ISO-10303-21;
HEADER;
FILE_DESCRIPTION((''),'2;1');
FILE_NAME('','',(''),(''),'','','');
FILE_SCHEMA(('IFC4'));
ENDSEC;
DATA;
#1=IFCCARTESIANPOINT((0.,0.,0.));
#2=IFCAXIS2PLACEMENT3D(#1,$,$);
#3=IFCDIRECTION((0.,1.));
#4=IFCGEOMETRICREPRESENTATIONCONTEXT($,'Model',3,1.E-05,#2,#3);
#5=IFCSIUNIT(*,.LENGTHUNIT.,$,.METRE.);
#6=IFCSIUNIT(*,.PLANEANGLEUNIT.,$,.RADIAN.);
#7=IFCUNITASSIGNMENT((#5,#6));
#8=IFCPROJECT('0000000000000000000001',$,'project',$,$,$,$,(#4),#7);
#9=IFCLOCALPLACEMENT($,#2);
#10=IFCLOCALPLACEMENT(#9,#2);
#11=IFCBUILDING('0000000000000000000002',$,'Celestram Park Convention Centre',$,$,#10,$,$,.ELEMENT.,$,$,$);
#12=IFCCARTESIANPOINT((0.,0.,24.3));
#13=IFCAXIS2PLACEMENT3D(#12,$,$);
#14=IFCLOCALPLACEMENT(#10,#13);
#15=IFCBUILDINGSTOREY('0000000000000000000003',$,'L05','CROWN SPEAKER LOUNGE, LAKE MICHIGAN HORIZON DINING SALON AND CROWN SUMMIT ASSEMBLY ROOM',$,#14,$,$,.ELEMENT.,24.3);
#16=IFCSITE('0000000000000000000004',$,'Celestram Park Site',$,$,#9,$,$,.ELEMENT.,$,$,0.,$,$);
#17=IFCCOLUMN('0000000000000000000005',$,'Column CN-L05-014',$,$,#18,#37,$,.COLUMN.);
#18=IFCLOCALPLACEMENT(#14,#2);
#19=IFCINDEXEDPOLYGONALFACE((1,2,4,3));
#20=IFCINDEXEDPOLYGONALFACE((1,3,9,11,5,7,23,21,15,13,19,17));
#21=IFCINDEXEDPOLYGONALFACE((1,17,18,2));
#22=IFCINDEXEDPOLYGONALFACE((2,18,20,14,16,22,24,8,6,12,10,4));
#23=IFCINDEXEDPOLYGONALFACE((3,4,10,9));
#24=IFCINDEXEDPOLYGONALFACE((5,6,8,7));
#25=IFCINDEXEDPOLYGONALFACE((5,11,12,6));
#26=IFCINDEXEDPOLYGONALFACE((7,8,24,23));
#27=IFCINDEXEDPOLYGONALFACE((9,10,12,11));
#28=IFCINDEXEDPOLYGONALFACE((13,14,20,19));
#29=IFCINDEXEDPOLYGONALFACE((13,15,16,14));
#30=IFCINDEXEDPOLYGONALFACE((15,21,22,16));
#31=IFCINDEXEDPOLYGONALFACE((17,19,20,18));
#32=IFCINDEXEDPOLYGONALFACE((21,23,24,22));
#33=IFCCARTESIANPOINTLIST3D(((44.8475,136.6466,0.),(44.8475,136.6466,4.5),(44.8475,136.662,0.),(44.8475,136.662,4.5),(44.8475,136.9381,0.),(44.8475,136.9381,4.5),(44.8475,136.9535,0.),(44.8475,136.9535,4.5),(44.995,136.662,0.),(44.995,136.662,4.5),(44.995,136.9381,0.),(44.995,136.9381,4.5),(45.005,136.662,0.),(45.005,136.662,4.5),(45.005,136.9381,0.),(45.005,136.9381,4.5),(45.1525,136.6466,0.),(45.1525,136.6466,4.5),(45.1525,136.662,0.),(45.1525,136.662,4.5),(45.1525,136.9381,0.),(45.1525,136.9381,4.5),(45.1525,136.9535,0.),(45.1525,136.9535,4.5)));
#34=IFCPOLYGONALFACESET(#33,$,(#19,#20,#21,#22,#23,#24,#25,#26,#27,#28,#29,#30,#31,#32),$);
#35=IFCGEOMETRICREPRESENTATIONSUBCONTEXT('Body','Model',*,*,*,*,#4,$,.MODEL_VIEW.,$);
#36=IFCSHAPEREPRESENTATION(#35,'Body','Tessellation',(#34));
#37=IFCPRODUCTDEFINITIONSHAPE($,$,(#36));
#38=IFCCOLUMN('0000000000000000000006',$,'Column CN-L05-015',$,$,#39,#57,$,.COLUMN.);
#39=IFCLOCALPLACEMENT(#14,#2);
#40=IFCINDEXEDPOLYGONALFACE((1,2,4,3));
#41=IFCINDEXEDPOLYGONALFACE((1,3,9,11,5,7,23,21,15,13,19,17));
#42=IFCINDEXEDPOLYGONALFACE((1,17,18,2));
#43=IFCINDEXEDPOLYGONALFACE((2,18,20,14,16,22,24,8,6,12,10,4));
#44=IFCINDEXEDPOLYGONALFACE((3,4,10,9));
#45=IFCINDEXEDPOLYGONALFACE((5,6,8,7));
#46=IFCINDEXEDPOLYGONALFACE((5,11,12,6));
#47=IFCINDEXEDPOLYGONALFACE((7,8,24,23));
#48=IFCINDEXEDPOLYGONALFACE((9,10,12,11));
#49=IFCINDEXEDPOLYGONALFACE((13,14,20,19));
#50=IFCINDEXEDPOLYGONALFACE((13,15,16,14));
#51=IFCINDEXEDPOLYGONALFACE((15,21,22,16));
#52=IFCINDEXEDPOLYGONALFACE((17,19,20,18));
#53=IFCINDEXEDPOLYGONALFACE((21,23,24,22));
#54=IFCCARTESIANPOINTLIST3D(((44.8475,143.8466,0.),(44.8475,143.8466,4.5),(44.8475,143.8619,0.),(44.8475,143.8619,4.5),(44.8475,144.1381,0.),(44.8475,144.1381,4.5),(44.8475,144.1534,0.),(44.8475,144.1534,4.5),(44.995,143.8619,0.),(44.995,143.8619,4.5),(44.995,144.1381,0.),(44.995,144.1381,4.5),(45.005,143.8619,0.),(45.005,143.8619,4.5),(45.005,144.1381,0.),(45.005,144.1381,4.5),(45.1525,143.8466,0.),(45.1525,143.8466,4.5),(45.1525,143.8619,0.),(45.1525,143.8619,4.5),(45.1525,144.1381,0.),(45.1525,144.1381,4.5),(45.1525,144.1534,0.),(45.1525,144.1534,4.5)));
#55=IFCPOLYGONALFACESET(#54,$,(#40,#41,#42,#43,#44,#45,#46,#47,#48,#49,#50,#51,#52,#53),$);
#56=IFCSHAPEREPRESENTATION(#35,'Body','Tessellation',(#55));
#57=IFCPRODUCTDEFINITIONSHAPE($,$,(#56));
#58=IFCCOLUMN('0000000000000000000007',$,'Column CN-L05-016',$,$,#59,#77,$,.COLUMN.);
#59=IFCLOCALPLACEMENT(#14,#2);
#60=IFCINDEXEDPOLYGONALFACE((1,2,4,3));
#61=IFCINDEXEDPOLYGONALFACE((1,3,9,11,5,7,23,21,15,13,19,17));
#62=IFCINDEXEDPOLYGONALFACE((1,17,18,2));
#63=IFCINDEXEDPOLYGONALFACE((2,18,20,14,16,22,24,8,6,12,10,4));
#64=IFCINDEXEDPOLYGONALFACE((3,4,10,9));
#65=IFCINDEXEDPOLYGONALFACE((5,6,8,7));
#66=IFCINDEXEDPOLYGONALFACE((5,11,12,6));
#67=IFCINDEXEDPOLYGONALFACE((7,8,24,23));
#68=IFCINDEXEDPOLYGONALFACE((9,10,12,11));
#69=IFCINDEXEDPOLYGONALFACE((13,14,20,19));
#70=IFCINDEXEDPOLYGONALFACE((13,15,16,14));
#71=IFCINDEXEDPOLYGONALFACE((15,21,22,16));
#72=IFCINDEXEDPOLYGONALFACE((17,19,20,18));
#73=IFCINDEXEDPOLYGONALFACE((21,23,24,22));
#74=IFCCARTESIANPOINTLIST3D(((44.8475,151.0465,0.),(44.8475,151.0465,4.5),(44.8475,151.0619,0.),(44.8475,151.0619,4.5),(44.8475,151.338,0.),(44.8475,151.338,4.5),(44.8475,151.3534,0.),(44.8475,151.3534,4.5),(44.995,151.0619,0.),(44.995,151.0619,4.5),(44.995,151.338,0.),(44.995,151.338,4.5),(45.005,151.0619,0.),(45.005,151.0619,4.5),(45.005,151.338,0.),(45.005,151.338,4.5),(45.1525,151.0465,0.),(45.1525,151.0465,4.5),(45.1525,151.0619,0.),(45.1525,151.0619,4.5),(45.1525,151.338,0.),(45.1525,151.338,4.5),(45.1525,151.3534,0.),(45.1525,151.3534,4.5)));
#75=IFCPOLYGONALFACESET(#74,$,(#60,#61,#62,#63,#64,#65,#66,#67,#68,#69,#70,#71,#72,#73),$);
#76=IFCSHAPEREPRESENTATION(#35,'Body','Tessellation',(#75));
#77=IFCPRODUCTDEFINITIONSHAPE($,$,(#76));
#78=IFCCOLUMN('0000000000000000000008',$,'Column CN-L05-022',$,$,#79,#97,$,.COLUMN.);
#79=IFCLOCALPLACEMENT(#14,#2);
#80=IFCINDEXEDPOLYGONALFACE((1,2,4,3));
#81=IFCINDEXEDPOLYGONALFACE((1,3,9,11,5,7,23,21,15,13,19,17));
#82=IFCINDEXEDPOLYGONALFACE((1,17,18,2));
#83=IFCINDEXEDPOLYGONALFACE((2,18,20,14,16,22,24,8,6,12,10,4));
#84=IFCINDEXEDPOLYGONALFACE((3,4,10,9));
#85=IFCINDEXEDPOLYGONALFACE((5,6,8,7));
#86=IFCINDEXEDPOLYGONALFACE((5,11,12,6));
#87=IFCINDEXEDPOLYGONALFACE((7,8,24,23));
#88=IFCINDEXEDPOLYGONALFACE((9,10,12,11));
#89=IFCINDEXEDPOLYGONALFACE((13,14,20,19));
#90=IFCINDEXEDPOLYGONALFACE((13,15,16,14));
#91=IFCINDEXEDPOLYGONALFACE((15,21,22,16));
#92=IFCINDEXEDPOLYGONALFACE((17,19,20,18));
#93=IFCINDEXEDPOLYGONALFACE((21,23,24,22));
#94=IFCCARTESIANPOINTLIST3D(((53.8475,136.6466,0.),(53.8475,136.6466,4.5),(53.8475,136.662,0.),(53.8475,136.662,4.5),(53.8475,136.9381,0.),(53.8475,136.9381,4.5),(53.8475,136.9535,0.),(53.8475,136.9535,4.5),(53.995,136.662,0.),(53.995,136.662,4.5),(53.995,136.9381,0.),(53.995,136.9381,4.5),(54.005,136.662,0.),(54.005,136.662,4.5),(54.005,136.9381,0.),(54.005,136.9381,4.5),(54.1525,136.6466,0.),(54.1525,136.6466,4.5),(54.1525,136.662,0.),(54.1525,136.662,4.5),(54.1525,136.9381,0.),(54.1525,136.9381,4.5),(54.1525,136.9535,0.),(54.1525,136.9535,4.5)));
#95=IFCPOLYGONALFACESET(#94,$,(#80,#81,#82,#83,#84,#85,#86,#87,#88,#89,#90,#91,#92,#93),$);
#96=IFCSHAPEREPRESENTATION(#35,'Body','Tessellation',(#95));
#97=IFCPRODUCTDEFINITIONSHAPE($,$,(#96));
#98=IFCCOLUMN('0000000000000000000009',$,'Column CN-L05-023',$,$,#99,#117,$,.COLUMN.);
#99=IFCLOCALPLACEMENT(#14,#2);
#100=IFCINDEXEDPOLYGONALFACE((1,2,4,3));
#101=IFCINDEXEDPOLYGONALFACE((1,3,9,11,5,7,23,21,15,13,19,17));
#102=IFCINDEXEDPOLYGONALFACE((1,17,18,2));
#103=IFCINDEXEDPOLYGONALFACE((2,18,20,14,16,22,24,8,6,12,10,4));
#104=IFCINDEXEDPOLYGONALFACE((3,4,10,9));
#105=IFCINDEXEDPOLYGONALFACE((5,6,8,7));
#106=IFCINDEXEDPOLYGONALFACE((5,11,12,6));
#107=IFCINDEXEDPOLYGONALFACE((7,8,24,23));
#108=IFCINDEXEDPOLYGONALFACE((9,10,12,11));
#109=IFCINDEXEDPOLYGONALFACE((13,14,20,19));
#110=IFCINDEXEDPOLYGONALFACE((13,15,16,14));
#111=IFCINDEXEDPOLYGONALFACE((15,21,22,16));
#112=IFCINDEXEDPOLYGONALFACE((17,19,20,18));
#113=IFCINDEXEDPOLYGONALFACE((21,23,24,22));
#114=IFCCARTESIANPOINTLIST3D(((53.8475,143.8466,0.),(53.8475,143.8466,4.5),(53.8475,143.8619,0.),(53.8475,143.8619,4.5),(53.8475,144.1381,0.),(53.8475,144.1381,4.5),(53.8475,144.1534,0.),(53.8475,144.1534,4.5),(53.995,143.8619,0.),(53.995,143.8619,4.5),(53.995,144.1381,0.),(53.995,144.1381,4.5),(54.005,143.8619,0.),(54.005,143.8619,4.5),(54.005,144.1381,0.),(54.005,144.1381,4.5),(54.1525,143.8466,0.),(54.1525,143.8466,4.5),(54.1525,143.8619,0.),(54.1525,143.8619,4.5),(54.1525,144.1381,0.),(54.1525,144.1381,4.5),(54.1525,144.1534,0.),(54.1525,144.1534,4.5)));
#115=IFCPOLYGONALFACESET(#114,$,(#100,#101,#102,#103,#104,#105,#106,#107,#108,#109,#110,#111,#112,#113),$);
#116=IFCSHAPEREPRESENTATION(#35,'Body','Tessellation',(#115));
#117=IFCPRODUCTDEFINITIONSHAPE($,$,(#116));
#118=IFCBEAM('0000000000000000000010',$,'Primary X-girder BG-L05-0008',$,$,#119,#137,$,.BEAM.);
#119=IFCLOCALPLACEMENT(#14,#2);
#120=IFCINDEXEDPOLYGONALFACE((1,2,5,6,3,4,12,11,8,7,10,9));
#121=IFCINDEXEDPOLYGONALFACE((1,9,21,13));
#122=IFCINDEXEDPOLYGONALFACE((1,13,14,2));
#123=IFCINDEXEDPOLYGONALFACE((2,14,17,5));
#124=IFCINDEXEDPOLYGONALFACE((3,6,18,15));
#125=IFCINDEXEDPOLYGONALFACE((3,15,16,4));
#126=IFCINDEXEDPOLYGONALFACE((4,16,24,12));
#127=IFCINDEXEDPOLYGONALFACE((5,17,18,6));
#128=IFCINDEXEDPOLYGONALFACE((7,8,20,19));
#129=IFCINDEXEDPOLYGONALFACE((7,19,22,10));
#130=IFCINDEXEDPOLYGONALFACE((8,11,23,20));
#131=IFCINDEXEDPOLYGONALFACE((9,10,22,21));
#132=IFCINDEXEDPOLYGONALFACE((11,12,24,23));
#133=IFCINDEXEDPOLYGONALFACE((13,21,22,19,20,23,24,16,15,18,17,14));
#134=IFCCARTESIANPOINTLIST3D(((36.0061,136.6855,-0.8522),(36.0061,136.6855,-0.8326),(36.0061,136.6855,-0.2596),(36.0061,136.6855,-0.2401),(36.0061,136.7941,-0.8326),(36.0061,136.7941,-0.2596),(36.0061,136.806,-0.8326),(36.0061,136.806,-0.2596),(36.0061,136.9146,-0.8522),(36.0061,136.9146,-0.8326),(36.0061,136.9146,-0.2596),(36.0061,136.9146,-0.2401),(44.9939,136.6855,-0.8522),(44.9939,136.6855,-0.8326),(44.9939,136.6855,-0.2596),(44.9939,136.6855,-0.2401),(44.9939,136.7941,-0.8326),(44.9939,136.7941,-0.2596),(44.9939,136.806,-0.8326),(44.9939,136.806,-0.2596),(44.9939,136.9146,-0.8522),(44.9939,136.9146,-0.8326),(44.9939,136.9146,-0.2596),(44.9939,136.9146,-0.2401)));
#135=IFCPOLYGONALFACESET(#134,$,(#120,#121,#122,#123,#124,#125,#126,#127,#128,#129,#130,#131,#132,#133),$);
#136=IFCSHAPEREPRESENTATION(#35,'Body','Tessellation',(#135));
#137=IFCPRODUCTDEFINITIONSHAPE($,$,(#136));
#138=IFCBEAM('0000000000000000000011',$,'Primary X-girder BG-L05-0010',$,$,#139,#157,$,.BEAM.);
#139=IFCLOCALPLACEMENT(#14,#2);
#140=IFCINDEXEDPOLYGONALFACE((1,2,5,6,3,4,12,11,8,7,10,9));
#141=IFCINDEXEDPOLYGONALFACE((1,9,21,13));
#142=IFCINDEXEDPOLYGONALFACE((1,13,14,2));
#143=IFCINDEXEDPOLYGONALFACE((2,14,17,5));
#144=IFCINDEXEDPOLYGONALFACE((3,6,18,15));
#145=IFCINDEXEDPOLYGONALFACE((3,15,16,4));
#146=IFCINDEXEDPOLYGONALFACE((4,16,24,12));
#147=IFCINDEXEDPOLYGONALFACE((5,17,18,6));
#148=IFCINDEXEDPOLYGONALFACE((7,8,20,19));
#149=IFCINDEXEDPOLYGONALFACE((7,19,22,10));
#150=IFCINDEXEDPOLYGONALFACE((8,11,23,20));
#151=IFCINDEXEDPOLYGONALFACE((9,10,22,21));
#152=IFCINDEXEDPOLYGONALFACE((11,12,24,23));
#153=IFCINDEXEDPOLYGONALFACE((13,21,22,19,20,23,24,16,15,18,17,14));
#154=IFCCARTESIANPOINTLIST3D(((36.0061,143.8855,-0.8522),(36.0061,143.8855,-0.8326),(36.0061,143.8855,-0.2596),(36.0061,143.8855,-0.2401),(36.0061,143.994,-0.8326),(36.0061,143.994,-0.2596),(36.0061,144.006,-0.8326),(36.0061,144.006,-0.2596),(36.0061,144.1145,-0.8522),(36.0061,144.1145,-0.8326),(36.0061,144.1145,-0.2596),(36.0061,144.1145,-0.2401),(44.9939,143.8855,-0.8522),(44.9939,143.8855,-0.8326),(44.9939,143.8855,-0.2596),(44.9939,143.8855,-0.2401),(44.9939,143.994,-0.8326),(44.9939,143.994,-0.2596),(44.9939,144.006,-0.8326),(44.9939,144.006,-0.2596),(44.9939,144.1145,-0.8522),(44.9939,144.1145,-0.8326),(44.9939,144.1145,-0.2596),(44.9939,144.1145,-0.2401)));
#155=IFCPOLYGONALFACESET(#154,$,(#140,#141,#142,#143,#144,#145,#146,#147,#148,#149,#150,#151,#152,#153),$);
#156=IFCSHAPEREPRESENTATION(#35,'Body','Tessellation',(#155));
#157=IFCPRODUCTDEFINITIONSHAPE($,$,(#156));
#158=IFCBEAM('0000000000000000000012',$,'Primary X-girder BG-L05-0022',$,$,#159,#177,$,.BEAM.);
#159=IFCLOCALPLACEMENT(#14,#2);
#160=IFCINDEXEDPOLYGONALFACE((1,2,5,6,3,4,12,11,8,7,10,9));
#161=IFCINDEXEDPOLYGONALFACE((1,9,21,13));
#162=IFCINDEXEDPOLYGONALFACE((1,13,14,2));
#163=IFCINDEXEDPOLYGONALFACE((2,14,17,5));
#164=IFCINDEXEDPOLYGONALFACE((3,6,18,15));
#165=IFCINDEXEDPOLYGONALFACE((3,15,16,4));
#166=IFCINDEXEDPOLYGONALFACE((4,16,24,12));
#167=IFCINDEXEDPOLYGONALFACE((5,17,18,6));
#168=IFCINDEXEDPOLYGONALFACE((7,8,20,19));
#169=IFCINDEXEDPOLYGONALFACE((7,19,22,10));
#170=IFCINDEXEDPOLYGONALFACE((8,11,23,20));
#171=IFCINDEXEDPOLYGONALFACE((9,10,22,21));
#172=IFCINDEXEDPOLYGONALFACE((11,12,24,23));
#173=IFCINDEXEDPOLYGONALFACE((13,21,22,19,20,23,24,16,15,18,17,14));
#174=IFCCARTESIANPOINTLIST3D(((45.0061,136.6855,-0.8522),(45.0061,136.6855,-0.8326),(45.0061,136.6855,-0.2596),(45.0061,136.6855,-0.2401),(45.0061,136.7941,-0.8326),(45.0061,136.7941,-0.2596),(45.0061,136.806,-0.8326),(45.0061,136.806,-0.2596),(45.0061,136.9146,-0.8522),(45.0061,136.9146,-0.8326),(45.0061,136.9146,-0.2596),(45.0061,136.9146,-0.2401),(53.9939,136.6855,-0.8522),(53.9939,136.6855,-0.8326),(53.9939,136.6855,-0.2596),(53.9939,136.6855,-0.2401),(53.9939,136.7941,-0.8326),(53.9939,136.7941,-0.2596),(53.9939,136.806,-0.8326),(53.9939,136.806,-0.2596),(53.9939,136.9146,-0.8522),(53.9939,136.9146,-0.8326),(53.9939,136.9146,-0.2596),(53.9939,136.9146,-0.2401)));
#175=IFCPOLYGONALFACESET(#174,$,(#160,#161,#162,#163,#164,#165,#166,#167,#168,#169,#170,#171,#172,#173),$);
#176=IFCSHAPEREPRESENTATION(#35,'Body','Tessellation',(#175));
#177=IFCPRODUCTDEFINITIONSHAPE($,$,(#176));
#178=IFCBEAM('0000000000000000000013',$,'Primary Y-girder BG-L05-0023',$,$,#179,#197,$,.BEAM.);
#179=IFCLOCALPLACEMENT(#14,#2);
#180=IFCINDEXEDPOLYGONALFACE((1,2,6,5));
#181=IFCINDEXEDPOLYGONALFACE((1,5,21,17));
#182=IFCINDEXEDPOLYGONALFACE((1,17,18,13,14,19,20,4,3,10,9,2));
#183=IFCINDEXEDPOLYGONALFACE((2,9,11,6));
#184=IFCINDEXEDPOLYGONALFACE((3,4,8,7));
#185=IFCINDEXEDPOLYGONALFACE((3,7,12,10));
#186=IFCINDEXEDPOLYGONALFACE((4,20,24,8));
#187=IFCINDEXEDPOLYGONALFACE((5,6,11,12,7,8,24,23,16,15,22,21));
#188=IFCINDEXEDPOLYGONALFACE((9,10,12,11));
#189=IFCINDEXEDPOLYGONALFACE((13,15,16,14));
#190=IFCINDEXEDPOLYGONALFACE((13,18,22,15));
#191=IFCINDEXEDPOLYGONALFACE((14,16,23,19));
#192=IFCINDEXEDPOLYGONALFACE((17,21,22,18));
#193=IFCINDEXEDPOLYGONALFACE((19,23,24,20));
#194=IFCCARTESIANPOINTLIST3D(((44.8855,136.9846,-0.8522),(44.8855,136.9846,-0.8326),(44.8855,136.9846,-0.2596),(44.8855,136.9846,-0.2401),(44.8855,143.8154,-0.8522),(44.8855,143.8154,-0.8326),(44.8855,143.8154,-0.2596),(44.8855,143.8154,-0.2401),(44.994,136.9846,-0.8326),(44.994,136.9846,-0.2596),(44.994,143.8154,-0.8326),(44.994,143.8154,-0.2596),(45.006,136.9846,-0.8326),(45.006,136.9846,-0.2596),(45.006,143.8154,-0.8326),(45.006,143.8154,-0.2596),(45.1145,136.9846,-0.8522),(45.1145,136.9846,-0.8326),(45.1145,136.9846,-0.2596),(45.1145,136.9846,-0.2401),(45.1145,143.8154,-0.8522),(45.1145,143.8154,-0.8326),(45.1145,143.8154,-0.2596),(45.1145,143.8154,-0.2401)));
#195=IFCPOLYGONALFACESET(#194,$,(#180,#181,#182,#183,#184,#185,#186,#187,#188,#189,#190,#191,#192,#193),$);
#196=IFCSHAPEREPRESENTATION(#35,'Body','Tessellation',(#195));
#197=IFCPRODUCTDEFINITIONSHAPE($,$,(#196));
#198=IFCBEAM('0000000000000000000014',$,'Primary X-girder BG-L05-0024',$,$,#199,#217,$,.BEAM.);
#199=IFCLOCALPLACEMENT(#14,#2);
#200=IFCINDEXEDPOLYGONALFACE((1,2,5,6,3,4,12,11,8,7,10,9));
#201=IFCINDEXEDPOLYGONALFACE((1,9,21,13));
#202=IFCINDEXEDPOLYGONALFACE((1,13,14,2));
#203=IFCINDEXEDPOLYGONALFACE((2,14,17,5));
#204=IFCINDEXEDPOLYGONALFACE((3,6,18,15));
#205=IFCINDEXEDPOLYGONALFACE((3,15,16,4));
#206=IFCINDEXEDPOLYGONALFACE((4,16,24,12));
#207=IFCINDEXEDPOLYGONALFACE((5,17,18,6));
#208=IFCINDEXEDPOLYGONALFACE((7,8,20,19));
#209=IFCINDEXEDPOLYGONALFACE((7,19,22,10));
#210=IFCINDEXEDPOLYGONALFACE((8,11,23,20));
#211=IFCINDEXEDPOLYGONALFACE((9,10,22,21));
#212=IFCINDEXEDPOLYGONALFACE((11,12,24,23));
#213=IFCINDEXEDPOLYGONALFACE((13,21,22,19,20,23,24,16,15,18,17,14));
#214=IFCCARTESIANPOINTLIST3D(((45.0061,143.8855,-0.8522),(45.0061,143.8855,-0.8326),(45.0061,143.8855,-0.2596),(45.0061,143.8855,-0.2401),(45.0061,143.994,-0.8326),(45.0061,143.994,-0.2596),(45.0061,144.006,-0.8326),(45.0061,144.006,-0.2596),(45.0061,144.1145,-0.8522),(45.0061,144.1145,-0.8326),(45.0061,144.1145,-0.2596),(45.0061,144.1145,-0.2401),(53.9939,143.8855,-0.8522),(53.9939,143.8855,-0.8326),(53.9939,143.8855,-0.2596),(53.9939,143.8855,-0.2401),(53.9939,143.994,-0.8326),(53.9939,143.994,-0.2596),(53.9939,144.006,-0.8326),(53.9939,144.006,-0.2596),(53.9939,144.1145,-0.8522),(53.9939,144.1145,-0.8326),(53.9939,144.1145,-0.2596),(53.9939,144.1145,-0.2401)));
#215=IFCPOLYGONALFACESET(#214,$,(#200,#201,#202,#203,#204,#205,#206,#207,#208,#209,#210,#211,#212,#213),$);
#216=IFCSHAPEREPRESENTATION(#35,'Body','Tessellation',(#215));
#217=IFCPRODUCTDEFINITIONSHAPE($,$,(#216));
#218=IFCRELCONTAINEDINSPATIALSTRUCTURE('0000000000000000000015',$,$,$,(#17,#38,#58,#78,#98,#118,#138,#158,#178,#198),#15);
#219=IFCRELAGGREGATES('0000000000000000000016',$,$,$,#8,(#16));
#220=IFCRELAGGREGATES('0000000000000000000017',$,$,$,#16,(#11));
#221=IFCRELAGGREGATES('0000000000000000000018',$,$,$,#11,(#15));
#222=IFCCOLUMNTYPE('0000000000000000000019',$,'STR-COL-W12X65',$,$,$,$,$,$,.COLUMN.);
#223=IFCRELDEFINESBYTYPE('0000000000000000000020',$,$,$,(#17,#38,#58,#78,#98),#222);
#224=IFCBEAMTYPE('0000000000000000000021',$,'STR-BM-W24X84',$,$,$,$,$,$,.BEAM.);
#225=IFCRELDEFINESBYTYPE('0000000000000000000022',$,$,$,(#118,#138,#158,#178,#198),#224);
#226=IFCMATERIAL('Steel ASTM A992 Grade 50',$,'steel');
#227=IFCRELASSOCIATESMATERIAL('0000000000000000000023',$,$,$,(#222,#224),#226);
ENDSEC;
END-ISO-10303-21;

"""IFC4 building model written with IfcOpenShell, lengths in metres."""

from ifc_helpers import new_model, si_unit, direction, frame, origin, origin_2d, place, context, subcontext, project, spatial, i_section, extrude, material, material_profile, profile_set, type_object, element, save


model = new_model("IFC4")

# Units and contexts
model_context = context("Model", 3, precision=1e-05, world=origin(), true_north=direction((0.0, 1.0)))
body_context = subcontext(model_context, "Body", "Model", "MODEL_VIEW")
ifc_project = project(units=[si_unit("LENGTHUNIT", "METRE"), si_unit("PLANEANGLEUNIT", "RADIAN")], contexts=[model_context])

# Site, building, storey
site_placement = place(None, origin())
site = spatial("IfcSite", under=ifc_project, at=site_placement, Name="Celestram Park Site", CompositionType="ELEMENT", RefElevation=0.0)
building_placement = place(site_placement, origin())
building = spatial("IfcBuilding", under=site, at=building_placement, Name="Celestram Park Convention Centre", CompositionType="ELEMENT")
storey_placement = place(building_placement, frame((0.0, 0.0, 24.3)))
storey = spatial("IfcBuildingStorey", under=building, at=storey_placement, Name="L05", Description="CROWN SPEAKER LOUNGE, LAKE MICHIGAN HORIZON DINING SALON AND CROWN SUMMIT ASSEMBLY ROOM", CompositionType="ELEMENT", Elevation=24.3)

# Columns
ifc_material_1 = material(Name="Steel ASTM A992 Grade 50", Category="steel")
ifc_material_profile_1 = material_profile(ifc_material_1, i_section(OverallWidth=0.3049, OverallDepth=0.3069, WebThickness=0.01, FlangeThickness=0.0154, at=origin_2d()), Name="W12X65")
ifc_profile_set_1 = profile_set([ifc_material_profile_1], Name="Steel ASTM A992 Grade 50")
column_type = type_object("IfcColumnType", Name="STR-COL-W12X65", PredefinedType="COLUMN", material=ifc_profile_set_1)
for number, where, z_axis, x_axis, name in (
    (1, (45.0, 136.8, 0.0), (0.0, 0.0, 1.0), (1.0, 0.0, 0.0), "Column CN-L05-014"),
    (2, (45.0, 144.0, 0.0), (0.0, 0.0, 1.0), (1.0, 0.0, 0.0), "Column CN-L05-015"),
    (3, (45.0, 151.2, 0.0), (0.0, 0.0, 1.0), (1.0, 0.0, 0.0), "Column CN-L05-016"),
    (4, (54.0, 136.8, 0.0), (0.0, 0.0, 1.0), (1.0, 0.0, 0.0), "Column CN-L05-022"),
    (5, (54.0, 144.0, 0.0), (0.0, 0.0, 1.0), (1.0, 0.0, 0.0), "Column CN-L05-023"),
):
    element("IfcColumn", number, at=place(storey_placement, frame(where, z_axis=z_axis, x_axis=x_axis)), inside=storey, type_object=column_type, Name=name, PredefinedType="COLUMN", context=body_context, shape_type="SweptSolid", body=[
        extrude(i_section(OverallWidth=0.3049, OverallDepth=0.3069, WebThickness=0.01, FlangeThickness=0.0154, at=origin_2d()), origin(), (0.0, 0.0, 1.0), 4.5),
    ])

# Beams
ifc_material_profile_2 = material_profile(ifc_material_1, i_section(OverallWidth=0.229, OverallDepth=0.6121, WebThickness=0.012, FlangeThickness=0.0195, at=origin_2d()), Name="W24X84")
ifc_profile_set_2 = profile_set([ifc_material_profile_2], Name="Steel ASTM A992 Grade 50")
beam_type = type_object("IfcBeamType", Name="STR-BM-W24X84", PredefinedType="BEAM", material=ifc_profile_set_2)
for number, where, z_axis, x_axis, name in (
    (6, (36.0061, 136.8, -0.5461), (1.0, 0.0, 0.0), (0.0, 1.0, 0.0), "Primary X-girder BG-L05-0008"),
    (7, (36.0061, 144.0, -0.5461), (1.0, 0.0, 0.0), (0.0, 1.0, 0.0), "Primary X-girder BG-L05-0010"),
    (8, (45.0061, 136.8, -0.5461), (1.0, 0.0, 0.0), (0.0, 1.0, 0.0), "Primary X-girder BG-L05-0022"),
):
    element("IfcBeam", number, at=place(storey_placement, frame(where, z_axis=z_axis, x_axis=x_axis)), inside=storey, type_object=beam_type, Name=name, PredefinedType="BEAM", context=body_context, shape_type="SweptSolid", body=[
        extrude(i_section(OverallWidth=0.229, OverallDepth=0.6121, WebThickness=0.012, FlangeThickness=0.0195, at=origin_2d()), origin(), (0.0, 0.0, 1.0), 8.9878),
    ])
beam_1_placement = place(storey_placement, frame((45.0, 136.9846, -0.5461), z_axis=(0.0, 1.0, 0.0), x_axis=(-1.0, 0.0, 0.0)))
element("IfcBeam", 9, at=beam_1_placement, inside=storey, type_object=beam_type, Name="Primary Y-girder BG-L05-0023", PredefinedType="BEAM", context=body_context, shape_type="SweptSolid", body=[
    extrude(i_section(OverallWidth=0.229, OverallDepth=0.6121, WebThickness=0.012, FlangeThickness=0.0195, at=origin_2d()), origin(), (0.0, 0.0, 1.0), 6.8308),
])
beam_2_placement = place(storey_placement, frame((45.0061, 144.0, -0.5461), z_axis=(1.0, 0.0, 0.0), x_axis=(0.0, 1.0, 0.0)))
element("IfcBeam", 10, at=beam_2_placement, inside=storey, type_object=beam_type, Name="Primary X-girder BG-L05-0024", PredefinedType="BEAM", context=body_context, shape_type="SweptSolid", body=[
    extrude(i_section(OverallWidth=0.229, OverallDepth=0.6121, WebThickness=0.012, FlangeThickness=0.0195, at=origin_2d()), origin(), (0.0, 0.0, 1.0), 8.9878),
])

save(model, "model.ifc")
